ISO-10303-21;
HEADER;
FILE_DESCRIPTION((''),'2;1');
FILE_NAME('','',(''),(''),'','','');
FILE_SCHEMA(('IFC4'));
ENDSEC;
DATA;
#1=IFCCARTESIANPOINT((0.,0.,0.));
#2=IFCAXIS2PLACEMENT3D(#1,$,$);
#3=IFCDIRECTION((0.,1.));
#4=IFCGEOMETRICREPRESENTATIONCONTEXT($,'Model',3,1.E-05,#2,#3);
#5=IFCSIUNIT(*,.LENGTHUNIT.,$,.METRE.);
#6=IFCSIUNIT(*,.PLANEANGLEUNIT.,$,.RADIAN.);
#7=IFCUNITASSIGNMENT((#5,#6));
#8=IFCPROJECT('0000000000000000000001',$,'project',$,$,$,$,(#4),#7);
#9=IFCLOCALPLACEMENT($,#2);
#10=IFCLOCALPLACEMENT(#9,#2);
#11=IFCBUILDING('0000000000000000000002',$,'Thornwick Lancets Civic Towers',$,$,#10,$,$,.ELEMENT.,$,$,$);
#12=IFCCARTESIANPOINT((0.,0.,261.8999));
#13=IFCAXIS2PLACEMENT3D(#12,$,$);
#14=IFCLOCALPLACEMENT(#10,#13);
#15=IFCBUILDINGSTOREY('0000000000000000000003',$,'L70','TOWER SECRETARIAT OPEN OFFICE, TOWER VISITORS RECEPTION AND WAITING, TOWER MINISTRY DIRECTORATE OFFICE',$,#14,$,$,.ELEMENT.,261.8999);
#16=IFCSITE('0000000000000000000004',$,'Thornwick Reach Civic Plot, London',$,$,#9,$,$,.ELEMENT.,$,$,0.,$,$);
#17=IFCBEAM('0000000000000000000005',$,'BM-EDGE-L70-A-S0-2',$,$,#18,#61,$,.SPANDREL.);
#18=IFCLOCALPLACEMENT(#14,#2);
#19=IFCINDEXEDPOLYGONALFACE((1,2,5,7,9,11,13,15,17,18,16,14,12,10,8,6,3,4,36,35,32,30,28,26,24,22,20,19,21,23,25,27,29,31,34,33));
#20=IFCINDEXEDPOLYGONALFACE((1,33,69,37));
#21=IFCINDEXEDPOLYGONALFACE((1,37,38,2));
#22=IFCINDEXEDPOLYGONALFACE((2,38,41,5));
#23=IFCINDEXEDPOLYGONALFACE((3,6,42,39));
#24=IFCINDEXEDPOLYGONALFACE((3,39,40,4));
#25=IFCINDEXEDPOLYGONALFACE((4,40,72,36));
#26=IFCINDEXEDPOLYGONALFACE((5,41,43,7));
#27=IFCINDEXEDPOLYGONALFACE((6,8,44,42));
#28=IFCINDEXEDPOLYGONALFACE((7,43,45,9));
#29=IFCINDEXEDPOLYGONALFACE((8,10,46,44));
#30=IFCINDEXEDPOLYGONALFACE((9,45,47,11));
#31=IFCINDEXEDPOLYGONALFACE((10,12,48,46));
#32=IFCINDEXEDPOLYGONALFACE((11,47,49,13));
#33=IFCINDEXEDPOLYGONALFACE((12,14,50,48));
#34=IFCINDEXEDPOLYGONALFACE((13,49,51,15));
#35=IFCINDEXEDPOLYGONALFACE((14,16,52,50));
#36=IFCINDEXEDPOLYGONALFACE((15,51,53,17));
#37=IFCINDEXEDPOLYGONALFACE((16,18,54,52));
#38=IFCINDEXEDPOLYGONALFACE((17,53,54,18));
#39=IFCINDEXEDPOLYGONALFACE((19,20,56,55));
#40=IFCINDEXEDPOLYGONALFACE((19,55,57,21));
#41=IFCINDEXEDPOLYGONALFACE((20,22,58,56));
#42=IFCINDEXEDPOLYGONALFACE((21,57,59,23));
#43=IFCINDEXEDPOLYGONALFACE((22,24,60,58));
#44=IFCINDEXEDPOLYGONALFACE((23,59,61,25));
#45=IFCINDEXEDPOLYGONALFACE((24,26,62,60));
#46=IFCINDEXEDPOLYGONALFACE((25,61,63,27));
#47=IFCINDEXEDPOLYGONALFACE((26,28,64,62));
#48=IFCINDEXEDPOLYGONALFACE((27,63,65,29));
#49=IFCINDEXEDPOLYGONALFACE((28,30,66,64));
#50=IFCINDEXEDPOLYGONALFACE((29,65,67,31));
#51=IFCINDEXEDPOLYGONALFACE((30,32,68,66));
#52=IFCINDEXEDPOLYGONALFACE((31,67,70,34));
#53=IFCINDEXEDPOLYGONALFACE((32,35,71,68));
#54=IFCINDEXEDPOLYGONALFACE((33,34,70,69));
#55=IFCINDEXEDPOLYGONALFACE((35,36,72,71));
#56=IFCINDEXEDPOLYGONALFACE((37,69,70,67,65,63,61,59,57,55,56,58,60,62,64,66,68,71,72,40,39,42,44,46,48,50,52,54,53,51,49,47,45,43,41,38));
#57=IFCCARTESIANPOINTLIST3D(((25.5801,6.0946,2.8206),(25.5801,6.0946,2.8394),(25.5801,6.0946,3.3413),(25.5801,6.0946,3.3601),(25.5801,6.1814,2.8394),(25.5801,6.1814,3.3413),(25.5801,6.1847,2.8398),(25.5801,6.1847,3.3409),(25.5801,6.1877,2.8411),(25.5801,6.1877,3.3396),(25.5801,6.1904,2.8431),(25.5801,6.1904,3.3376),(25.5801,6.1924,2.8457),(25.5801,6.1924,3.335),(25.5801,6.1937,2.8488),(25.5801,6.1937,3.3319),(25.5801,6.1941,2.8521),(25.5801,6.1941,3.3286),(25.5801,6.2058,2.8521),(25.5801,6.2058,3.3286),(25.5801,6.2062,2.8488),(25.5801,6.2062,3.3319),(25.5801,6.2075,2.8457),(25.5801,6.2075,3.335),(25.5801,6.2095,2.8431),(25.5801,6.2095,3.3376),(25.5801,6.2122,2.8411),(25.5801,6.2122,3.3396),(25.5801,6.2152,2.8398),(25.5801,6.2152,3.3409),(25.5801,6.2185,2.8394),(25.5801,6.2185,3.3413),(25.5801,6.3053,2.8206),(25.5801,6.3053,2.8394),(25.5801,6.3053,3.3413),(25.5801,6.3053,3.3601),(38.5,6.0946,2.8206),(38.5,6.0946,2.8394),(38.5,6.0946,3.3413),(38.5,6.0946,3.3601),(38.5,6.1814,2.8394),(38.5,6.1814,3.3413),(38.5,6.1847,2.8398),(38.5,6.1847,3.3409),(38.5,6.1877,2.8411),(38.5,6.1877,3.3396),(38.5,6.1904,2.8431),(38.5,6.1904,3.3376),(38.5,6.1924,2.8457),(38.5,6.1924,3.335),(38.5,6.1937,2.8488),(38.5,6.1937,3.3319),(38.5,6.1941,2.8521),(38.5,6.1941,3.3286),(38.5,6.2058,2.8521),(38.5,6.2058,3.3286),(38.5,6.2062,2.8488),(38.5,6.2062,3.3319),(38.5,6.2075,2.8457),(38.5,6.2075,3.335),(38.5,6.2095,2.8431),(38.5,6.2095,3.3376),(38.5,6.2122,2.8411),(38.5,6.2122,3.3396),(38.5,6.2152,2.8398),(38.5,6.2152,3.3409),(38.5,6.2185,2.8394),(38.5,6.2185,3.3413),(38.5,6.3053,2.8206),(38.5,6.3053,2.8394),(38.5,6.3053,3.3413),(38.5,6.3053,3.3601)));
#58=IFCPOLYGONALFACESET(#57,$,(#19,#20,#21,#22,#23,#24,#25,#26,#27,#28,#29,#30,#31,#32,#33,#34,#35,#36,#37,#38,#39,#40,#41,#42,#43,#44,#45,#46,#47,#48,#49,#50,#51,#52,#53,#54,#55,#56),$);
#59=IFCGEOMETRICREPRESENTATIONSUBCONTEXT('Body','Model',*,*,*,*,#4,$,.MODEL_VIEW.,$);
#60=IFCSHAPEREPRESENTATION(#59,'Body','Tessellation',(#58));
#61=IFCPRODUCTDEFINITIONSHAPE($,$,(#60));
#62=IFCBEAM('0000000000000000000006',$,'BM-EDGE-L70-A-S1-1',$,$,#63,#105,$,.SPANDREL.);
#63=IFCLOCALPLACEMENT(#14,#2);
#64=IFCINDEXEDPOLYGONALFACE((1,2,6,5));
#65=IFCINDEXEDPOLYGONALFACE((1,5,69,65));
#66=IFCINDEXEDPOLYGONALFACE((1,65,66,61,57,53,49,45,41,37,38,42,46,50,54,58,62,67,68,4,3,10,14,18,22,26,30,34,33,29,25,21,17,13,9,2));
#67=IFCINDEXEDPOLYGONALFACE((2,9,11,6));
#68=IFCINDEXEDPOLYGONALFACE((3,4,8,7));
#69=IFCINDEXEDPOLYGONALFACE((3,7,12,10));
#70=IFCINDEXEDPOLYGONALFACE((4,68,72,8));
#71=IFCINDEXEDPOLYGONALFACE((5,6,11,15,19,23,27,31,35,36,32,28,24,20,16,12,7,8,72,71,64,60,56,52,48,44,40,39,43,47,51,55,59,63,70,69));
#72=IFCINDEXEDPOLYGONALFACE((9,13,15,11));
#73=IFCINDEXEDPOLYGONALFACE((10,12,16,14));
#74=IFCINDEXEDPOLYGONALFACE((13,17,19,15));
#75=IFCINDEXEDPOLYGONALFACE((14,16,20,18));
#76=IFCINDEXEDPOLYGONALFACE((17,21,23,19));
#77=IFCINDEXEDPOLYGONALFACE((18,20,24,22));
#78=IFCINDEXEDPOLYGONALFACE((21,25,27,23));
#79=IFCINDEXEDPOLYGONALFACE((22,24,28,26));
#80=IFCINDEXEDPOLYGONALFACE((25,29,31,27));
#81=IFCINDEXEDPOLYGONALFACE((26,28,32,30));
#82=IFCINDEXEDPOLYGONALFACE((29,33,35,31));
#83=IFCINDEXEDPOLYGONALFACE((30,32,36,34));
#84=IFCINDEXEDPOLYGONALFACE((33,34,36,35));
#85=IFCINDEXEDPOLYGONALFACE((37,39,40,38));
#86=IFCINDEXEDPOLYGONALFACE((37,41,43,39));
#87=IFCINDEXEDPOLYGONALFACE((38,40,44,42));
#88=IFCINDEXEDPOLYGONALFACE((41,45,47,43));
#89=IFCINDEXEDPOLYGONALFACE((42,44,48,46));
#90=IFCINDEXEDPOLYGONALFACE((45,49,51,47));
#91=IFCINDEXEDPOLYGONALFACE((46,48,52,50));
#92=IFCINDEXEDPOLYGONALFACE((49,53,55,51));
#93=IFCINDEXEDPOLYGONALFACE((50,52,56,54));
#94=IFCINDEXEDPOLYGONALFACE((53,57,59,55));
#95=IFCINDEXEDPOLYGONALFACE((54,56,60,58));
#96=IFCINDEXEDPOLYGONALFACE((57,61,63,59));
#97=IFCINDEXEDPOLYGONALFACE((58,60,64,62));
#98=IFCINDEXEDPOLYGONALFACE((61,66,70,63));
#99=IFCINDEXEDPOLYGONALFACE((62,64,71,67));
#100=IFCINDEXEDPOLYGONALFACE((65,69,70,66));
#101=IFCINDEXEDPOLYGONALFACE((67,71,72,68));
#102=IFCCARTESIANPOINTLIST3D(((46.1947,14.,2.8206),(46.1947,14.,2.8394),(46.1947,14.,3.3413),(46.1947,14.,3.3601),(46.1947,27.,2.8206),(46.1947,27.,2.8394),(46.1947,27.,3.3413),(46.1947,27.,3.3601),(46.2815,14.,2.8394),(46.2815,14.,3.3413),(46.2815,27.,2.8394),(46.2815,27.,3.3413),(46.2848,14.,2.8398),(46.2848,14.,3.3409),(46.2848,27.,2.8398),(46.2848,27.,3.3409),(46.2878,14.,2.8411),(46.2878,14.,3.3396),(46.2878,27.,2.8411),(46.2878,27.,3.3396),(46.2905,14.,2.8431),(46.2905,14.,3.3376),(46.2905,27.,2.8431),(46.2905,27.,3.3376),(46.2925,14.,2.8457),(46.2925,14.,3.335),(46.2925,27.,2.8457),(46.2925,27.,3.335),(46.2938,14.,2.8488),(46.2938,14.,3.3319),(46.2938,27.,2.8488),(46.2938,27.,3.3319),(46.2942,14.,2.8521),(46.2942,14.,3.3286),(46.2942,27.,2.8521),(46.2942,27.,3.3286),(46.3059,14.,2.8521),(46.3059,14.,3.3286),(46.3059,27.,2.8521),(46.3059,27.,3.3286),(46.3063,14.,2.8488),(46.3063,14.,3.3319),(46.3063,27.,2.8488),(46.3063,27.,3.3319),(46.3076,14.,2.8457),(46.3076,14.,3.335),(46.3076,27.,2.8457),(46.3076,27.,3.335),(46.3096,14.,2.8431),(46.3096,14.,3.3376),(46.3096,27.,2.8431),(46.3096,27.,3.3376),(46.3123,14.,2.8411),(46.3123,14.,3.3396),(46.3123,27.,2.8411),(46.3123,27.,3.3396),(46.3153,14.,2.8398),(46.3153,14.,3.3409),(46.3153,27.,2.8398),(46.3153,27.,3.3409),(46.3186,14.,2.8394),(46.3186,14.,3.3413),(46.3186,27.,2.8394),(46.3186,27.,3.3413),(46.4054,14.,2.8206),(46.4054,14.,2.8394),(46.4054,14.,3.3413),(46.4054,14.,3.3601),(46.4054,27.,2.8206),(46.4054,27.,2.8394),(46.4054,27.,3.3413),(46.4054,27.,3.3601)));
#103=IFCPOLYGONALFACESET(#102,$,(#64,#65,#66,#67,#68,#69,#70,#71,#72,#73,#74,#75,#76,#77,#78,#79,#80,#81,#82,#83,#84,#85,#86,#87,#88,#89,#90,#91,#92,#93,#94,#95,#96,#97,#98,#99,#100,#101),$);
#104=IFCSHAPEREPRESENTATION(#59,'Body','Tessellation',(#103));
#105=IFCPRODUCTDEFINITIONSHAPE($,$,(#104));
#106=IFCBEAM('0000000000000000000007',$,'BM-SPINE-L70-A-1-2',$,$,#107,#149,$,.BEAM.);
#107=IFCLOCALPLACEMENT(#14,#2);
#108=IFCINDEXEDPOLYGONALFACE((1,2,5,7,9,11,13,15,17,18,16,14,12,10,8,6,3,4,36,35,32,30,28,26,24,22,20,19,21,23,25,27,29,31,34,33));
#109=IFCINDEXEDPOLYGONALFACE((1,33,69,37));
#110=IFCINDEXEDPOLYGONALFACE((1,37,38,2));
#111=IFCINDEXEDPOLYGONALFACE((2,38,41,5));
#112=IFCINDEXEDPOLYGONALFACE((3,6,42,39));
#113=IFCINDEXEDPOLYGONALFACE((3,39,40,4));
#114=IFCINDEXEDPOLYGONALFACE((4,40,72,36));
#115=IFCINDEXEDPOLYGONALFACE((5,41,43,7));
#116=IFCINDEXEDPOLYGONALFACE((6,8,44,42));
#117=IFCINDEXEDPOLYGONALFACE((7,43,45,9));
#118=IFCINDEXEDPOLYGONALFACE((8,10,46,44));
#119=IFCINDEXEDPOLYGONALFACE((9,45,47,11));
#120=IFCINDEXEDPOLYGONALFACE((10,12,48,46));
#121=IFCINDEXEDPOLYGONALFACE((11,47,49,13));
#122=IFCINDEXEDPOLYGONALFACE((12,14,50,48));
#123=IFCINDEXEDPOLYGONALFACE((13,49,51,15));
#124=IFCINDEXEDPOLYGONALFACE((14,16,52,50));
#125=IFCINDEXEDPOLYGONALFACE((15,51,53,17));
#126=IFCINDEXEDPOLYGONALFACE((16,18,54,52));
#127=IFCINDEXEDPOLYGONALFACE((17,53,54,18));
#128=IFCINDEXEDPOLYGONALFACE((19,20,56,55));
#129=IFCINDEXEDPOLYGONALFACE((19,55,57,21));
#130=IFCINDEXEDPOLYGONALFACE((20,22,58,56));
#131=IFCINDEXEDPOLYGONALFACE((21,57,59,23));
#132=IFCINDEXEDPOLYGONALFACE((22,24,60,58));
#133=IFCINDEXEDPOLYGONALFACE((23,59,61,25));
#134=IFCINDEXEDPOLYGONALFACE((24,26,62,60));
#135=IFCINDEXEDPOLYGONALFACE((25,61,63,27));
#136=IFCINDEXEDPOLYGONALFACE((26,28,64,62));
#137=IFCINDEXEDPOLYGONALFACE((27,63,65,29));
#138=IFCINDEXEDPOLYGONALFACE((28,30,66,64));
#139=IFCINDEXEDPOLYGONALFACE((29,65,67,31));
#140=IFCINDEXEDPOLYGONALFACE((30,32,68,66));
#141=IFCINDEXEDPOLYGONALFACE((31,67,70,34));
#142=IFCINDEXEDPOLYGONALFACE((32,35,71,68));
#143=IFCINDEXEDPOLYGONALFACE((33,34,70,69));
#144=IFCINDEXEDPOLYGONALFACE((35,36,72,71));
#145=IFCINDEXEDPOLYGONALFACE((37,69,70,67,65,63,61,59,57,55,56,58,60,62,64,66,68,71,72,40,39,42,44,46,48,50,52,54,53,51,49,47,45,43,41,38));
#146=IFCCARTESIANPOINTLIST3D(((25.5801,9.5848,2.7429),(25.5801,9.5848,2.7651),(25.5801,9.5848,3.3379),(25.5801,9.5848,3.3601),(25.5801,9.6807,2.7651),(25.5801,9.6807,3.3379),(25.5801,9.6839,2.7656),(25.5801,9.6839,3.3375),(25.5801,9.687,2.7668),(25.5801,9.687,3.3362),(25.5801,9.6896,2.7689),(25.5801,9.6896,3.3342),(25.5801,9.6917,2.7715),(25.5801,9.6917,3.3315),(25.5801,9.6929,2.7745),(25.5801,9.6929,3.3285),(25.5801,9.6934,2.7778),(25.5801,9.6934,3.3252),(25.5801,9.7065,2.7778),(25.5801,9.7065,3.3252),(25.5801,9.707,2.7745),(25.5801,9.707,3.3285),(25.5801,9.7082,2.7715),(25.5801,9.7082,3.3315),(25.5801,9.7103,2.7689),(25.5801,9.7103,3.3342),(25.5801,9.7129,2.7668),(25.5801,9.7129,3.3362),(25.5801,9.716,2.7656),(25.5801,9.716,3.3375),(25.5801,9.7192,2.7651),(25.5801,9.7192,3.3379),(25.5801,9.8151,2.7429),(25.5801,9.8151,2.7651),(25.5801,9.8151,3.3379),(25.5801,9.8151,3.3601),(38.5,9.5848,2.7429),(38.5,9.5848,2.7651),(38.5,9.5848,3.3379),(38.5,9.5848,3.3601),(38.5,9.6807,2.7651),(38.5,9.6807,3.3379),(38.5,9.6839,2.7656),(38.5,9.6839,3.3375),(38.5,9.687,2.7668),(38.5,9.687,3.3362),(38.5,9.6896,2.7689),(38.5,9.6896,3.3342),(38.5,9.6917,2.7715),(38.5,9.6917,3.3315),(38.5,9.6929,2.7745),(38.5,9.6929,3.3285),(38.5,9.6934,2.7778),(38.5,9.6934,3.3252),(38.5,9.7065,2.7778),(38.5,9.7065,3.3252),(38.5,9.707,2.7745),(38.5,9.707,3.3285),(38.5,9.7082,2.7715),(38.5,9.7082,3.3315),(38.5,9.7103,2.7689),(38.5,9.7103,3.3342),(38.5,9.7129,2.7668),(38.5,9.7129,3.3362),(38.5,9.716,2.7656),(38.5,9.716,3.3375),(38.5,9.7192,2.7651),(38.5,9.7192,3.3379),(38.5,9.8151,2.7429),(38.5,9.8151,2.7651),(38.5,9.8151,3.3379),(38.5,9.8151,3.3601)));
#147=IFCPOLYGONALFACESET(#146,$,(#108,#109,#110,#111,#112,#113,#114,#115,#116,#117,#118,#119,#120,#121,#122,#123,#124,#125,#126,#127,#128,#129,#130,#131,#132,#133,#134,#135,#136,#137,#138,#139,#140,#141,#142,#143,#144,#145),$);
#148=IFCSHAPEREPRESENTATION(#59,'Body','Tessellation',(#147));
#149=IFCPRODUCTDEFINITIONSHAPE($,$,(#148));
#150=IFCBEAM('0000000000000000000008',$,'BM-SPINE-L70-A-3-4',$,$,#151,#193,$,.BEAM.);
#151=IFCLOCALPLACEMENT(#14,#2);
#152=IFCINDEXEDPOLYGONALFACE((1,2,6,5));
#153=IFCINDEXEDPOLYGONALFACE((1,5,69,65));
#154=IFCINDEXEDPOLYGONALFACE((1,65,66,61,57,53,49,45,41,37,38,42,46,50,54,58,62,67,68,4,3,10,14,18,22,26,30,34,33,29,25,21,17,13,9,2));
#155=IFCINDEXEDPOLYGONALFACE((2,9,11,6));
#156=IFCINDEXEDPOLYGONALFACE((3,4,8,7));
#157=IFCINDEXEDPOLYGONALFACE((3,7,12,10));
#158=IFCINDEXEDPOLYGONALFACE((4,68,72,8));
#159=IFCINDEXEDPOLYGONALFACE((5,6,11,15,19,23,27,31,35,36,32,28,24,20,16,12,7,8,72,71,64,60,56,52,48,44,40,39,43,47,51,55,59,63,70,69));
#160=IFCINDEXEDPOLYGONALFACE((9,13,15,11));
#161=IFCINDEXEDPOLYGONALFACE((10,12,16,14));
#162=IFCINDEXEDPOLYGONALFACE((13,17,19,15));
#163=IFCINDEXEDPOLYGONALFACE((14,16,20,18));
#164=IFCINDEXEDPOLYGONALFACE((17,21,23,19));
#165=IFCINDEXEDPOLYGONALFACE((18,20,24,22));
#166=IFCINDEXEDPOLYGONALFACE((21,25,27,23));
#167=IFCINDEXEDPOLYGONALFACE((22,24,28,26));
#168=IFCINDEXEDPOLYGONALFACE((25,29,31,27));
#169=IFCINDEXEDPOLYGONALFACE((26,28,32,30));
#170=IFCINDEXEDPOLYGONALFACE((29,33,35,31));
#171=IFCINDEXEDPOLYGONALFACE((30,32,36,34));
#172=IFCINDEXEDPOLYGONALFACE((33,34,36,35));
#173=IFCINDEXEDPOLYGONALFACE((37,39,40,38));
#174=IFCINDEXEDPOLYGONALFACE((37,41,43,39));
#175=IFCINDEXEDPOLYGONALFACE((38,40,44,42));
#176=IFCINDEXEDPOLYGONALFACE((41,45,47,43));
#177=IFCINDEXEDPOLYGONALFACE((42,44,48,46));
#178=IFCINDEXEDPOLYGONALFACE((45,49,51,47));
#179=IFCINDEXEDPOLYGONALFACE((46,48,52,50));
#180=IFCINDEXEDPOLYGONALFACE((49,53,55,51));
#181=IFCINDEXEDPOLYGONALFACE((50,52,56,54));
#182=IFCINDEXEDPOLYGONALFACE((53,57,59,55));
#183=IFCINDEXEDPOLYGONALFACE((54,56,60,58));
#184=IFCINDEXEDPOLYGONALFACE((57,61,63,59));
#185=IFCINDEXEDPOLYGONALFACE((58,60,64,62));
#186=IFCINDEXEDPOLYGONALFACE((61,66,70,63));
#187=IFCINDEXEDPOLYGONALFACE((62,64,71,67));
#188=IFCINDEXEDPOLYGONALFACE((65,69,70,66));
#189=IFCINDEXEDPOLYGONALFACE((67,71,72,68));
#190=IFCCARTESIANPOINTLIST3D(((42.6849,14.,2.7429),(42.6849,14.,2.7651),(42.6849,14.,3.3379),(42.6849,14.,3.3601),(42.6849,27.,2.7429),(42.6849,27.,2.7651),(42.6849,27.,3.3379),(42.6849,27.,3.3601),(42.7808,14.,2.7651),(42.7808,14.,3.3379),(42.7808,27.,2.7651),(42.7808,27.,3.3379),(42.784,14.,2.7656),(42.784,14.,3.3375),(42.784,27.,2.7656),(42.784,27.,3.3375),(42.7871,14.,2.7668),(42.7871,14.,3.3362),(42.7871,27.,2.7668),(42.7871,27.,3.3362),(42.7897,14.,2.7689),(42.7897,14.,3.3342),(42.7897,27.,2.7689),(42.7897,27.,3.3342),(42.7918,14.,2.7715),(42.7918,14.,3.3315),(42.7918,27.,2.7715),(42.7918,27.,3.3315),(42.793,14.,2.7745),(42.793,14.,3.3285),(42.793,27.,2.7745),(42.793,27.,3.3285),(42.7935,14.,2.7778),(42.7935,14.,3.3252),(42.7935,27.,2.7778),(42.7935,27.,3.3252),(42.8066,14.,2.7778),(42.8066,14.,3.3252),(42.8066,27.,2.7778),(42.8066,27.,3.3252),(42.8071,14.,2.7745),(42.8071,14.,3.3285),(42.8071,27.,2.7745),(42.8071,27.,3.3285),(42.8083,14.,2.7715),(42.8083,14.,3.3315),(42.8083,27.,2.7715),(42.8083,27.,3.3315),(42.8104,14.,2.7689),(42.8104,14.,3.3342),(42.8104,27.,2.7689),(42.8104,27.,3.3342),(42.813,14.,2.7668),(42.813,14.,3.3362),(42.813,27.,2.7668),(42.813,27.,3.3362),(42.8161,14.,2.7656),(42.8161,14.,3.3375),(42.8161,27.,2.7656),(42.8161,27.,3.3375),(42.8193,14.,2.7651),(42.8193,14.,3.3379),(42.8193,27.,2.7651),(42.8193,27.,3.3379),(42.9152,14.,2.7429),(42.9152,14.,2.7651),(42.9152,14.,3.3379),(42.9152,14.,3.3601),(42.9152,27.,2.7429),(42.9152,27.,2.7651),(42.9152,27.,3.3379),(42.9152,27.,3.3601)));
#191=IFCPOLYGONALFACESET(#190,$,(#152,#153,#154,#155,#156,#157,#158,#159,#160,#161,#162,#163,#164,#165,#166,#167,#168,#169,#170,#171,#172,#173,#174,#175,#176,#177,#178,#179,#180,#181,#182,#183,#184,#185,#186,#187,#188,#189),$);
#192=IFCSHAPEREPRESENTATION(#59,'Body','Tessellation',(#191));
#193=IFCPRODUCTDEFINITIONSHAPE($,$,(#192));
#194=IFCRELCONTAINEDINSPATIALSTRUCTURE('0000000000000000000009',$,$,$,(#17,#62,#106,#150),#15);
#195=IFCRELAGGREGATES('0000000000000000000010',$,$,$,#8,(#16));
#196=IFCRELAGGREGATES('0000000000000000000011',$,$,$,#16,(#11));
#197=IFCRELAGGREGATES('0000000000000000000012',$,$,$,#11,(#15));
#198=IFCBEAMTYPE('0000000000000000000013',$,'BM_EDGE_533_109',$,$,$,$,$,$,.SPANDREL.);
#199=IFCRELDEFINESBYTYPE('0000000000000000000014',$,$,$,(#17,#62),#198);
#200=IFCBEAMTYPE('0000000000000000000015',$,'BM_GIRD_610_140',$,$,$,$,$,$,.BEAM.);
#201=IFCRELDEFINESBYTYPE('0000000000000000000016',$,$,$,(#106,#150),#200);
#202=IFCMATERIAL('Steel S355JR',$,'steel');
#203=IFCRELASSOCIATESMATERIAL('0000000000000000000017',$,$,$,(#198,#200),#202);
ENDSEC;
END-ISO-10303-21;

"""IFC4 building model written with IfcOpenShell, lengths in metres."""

from ifc_helpers import new_model, si_unit, direction, frame, origin, origin_2d, place, context, subcontext, project, spatial, i_section, extrude, material, material_profile, profile_set, type_object, element, save


model = new_model("IFC4")

# Units and contexts
model_context = context("Model", 3, precision=1e-05, world=origin(), true_north=direction((0.0, 1.0)))
body_context = subcontext(model_context, "Body", "Model", "MODEL_VIEW")
ifc_project = project(units=[si_unit("LENGTHUNIT", "METRE"), si_unit("PLANEANGLEUNIT", "RADIAN")], contexts=[model_context])

# Site, building, storey
site_placement = place(None, origin())
site = spatial("IfcSite", under=ifc_project, at=site_placement, Name="Thornwick Reach Civic Plot, London", CompositionType="ELEMENT", RefElevation=0.0)
building_placement = place(site_placement, origin())
building = spatial("IfcBuilding", under=site, at=building_placement, Name="Thornwick Lancets Civic Towers", CompositionType="ELEMENT")
storey_placement = place(building_placement, frame((0.0, 0.0, 261.8999)))
storey = spatial("IfcBuildingStorey", under=building, at=storey_placement, Name="L70", Description="TOWER SECRETARIAT OPEN OFFICE, TOWER VISITORS RECEPTION AND WAITING, TOWER MINISTRY DIRECTORATE OFFICE", CompositionType="ELEMENT", Elevation=261.8999)

# Shared definitions
ifc_material_1 = material(Name="Steel S355JR", Category="steel")

# Beams
ifc_material_profile_1 = material_profile(ifc_material_1, i_section(OverallWidth=0.2107, OverallDepth=0.5396, WebThickness=0.0117, FlangeThickness=0.0188, FilletRadius=0.0127, at=origin_2d()), Name="UKB 533x210x109")
ifc_profile_set_1 = profile_set([ifc_material_profile_1], Name="Steel S355JR")
beam_type_1 = type_object("IfcBeamType", Name="BM_EDGE_533_109", PredefinedType="SPANDREL", material=ifc_profile_set_1)
beam_1_placement = place(storey_placement, frame((25.5801, 6.2, 3.0903), z_axis=(1.0, 0.0, 0.0), x_axis=(0.0, 1.0, 0.0)))
element("IfcBeam", 1, at=beam_1_placement, inside=storey, type_object=beam_type_1, Name="BM-EDGE-L70-A-S0-2", PredefinedType="SPANDREL", context=body_context, shape_type="SweptSolid", body=[
    extrude(i_section(OverallWidth=0.2107, OverallDepth=0.5396, WebThickness=0.0117, FlangeThickness=0.0188, FilletRadius=0.0127, at=origin_2d()), origin(), (0.0, 0.0, 1.0), 12.9199),
])
beam_2_placement = place(storey_placement, frame((46.3, 14.0, 3.0903), z_axis=(0.0, 1.0, 0.0), x_axis=(-1.0, 0.0, 0.0)))
element("IfcBeam", 2, at=beam_2_placement, inside=storey, type_object=beam_type_1, Name="BM-EDGE-L70-A-S1-1", PredefinedType="SPANDREL", context=body_context, shape_type="SweptSolid", body=[
    extrude(i_section(OverallWidth=0.2107, OverallDepth=0.5396, WebThickness=0.0117, FlangeThickness=0.0188, FilletRadius=0.0127, at=origin_2d()), origin(), (0.0, 0.0, 1.0), 13.0),
])
ifc_material_profile_2 = material_profile(ifc_material_1, i_section(OverallWidth=0.2302, OverallDepth=0.6172, WebThickness=0.0132, FlangeThickness=0.0222, FilletRadius=0.0127, at=origin_2d()), Name="UKB 610x229x140")
ifc_profile_set_2 = profile_set([ifc_material_profile_2], Name="Steel S355JR")
beam_type_2 = type_object("IfcBeamType", Name="BM_GIRD_610_140", PredefinedType="BEAM", material=ifc_profile_set_2)
beam_3_placement = place(storey_placement, frame((25.5801, 9.7, 3.0515), z_axis=(1.0, 0.0, 0.0), x_axis=(0.0, 1.0, 0.0)))
element("IfcBeam", 3, at=beam_3_placement, inside=storey, type_object=beam_type_2, Name="BM-SPINE-L70-A-1-2", PredefinedType="BEAM", context=body_context, shape_type="SweptSolid", body=[
    extrude(i_section(OverallWidth=0.2302, OverallDepth=0.6172, WebThickness=0.0132, FlangeThickness=0.0222, FilletRadius=0.0127, at=origin_2d()), origin(), (0.0, 0.0, 1.0), 12.9199),
])
beam_4_placement = place(storey_placement, frame((42.8, 14.0, 3.0515), z_axis=(0.0, 1.0, 0.0), x_axis=(-1.0, 0.0, 0.0)))
element("IfcBeam", 4, at=beam_4_placement, inside=storey, type_object=beam_type_2, Name="BM-SPINE-L70-A-3-4", PredefinedType="BEAM", context=body_context, shape_type="SweptSolid", body=[
    extrude(i_section(OverallWidth=0.2302, OverallDepth=0.6172, WebThickness=0.0132, FlangeThickness=0.0222, FilletRadius=0.0127, at=origin_2d()), origin(), (0.0, 0.0, 1.0), 13.0),
])

save(model, "model.ifc")
